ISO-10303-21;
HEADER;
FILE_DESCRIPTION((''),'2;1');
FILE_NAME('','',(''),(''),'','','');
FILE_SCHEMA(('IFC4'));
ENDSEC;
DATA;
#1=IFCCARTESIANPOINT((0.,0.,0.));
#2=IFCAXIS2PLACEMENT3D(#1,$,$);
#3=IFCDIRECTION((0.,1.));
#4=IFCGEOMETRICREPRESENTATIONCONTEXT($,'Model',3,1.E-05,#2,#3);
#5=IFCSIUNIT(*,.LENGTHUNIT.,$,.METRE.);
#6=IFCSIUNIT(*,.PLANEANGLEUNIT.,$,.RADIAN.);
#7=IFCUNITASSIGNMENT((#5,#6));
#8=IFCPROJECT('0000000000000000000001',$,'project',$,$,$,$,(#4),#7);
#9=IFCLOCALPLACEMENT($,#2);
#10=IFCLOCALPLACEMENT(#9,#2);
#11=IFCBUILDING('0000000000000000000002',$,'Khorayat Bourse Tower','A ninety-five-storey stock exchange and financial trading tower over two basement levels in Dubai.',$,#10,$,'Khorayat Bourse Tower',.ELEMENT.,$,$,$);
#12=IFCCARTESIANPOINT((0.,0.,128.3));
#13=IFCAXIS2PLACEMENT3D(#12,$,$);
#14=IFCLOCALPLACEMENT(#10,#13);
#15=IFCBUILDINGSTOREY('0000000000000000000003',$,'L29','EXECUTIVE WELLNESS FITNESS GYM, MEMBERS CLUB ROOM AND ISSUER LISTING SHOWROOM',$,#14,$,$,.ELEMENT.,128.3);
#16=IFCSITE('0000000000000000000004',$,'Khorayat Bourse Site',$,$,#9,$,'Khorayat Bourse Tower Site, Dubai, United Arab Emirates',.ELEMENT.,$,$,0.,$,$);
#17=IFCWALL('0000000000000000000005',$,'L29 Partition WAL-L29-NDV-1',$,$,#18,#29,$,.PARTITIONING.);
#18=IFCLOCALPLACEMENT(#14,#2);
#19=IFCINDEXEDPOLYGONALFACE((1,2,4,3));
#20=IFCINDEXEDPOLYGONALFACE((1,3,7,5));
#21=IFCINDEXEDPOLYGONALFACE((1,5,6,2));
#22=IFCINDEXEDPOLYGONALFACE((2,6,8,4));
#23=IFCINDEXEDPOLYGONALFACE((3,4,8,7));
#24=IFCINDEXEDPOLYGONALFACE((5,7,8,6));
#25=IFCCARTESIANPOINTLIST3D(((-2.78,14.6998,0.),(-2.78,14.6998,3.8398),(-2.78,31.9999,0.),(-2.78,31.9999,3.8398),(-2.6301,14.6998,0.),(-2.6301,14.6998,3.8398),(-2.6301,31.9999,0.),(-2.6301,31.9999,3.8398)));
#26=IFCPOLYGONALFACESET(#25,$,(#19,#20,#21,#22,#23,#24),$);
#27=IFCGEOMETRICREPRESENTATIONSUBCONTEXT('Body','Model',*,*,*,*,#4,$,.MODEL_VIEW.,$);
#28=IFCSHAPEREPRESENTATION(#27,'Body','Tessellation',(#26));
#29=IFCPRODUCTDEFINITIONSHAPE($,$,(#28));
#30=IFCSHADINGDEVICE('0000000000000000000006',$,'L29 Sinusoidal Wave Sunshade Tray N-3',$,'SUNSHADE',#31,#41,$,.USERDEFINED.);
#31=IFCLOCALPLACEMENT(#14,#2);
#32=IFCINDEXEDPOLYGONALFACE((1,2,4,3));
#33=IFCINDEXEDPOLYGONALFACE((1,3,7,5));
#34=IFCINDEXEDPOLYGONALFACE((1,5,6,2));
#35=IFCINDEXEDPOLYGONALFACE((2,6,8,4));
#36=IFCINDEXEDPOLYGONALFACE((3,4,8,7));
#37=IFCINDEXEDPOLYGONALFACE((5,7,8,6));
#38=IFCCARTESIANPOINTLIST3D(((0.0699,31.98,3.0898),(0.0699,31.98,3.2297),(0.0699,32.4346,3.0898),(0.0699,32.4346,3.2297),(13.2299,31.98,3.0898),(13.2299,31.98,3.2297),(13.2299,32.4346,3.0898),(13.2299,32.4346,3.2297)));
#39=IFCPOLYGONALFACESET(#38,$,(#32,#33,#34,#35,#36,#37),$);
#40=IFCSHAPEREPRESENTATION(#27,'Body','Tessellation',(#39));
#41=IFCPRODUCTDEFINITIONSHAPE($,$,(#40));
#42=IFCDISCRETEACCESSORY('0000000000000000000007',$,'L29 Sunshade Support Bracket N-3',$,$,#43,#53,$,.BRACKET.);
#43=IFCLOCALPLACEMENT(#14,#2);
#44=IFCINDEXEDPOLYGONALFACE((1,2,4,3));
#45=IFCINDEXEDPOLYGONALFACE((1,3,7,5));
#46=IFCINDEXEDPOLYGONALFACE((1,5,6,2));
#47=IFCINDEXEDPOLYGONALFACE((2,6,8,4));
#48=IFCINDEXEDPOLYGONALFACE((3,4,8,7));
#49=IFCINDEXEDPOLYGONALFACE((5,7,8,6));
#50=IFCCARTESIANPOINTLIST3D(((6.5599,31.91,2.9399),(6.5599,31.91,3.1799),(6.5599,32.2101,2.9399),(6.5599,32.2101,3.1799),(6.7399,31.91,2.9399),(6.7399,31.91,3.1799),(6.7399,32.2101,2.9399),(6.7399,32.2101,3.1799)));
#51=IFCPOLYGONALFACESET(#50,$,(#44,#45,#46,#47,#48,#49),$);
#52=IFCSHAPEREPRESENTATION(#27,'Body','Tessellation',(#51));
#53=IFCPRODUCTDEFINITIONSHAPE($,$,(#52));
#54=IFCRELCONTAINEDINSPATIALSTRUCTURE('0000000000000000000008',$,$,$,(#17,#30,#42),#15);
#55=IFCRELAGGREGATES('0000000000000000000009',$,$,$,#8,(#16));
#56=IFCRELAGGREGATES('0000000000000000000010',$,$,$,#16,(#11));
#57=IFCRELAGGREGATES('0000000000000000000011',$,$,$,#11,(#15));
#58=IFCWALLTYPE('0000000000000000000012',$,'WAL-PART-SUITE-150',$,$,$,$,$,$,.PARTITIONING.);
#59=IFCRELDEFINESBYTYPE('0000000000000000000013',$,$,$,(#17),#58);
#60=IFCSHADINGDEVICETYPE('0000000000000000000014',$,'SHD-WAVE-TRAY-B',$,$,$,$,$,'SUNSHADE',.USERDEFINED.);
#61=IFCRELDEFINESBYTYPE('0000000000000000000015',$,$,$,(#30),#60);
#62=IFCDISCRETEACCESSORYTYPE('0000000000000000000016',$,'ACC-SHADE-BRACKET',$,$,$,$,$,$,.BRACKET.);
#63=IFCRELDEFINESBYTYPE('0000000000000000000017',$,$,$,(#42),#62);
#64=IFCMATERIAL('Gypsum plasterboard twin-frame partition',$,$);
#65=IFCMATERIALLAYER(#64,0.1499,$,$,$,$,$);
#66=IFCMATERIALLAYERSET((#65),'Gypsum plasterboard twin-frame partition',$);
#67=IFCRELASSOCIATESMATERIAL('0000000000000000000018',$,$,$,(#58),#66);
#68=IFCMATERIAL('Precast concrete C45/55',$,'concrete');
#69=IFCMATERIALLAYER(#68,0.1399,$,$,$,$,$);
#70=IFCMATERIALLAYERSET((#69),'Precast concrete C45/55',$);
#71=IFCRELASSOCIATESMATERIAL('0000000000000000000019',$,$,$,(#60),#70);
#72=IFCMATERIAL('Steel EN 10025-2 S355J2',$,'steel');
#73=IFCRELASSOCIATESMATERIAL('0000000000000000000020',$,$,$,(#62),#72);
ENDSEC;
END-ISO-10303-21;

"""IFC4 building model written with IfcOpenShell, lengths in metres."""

from ifc_helpers import new_model, si_unit, direction, frame, frame_2d, origin, origin_2d, place, context, subcontext, project, spatial, rectangle, extrude, source, transform, mapped, material, layer, layer_set, type_object, element, save


model = new_model("IFC4")

# Units and contexts
model_context = context("Model", 3, precision=1e-05, world=origin(), true_north=direction((0.0, 1.0)))
body_context = subcontext(model_context, "Body", "Model", "MODEL_VIEW")
ifc_project = project(units=[si_unit("LENGTHUNIT", "METRE"), si_unit("PLANEANGLEUNIT", "RADIAN")], contexts=[model_context])

# Site, building, storey
site_placement = place(None, origin())
site = spatial("IfcSite", under=ifc_project, at=site_placement, Name="Khorayat Bourse Site", LongName="Khorayat Bourse Tower Site, Dubai, United Arab Emirates", CompositionType="ELEMENT", RefElevation=0.0)
building_placement = place(site_placement, origin())
building = spatial("IfcBuilding", under=site, at=building_placement, Name="Khorayat Bourse Tower", Description="A ninety-five-storey stock exchange and financial trading tower over two basement levels in Dubai.", LongName="Khorayat Bourse Tower", CompositionType="ELEMENT")
storey_placement = place(building_placement, frame((0.0, 0.0, 128.3)))
storey = spatial("IfcBuildingStorey", under=building, at=storey_placement, Name="L29", Description="EXECUTIVE WELLNESS FITNESS GYM, MEMBERS CLUB ROOM AND ISSUER LISTING SHOWROOM", CompositionType="ELEMENT", Elevation=128.3)

# Shared definitions
ifc_material_1 = material(Name="Steel EN 10025-2 S355J2", Category="steel")

# Wall
ifc_material_2 = material(Name="Gypsum plasterboard twin-frame partition")
ifc_layer_1 = layer(ifc_material_2, 0.1499)
ifc_layer_set_1 = layer_set([ifc_layer_1], Name="Gypsum plasterboard twin-frame partition")
wall_type_1 = type_object("IfcWallType", Name="WAL-PART-SUITE-150", PredefinedType="PARTITIONING", material=ifc_layer_set_1)
shared_shape_1 = source(origin(), body_context, "Body", "SweptSolid", [
    extrude(rectangle(XDim=17.3, YDim=0.1499, at=frame_2d((8.6499, 0.0))), origin(), (0.0, 0.0, 1.0), 3.8398),
])
wall_1_placement = place(storey_placement, frame((-2.7051, 14.7, 0.0), z_axis=(0.0, 0.0, 1.0), x_axis=(0.0, 1.0, 0.0)))
element("IfcWall", 1, at=wall_1_placement, inside=storey, type_object=wall_type_1, Name="L29 Partition WAL-L29-NDV-1", PredefinedType="PARTITIONING", context=body_context, shape_type="MappedRepresentation", body=[
    mapped(shared_shape_1, transform((0.0, 0.0, 0.0), scale=1.0)),
])

# Shading device
ifc_material_3 = material(Name="Precast concrete C45/55", Category="concrete")
ifc_layer_2 = layer(ifc_material_3, 0.1399)
ifc_layer_set_2 = layer_set([ifc_layer_2], Name="Precast concrete C45/55")
shading_device_type = type_object("IfcShadingDeviceType", Name="SHD-WAVE-TRAY-B", ElementType="SUNSHADE", PredefinedType="USERDEFINED", material=ifc_layer_set_2)
shared_shape_2 = source(origin(), body_context, "Body", "SweptSolid", [
    extrude(rectangle(XDim=13.1599, YDim=0.4546, at=origin_2d()), origin(), (0.0, 0.0, 1.0), 0.1399),
])
shading_device_placement = place(storey_placement, frame((6.6499, 32.2073, 3.0898), z_axis=(0.0, 0.0, 1.0), x_axis=(1.0, 0.0, 0.0)))
element("IfcShadingDevice", 2, at=shading_device_placement, inside=storey, type_object=shading_device_type, Name="L29 Sinusoidal Wave Sunshade Tray N-3", ObjectType="SUNSHADE", PredefinedType="USERDEFINED", context=body_context, shape_type="MappedRepresentation", body=[
    mapped(shared_shape_2, transform((0.0, 0.0, 0.0), scale=1.0)),
])

# Discrete accessory
discrete_accessory_type = type_object("IfcDiscreteAccessoryType", Name="ACC-SHADE-BRACKET", PredefinedType="BRACKET", material=ifc_material_1)
shared_shape_3 = source(origin(), body_context, "Body", "SweptSolid", [
    extrude(rectangle(XDim=0.1799, YDim=0.3, at=origin_2d()), origin(), (0.0, 0.0, 1.0), 0.24),
])
discrete_accessory_placement = place(storey_placement, frame((6.6499, 32.0601, 2.9399), z_axis=(0.0, 0.0, 1.0), x_axis=(1.0, 0.0, 0.0)))
element("IfcDiscreteAccessory", 3, at=discrete_accessory_placement, inside=storey, type_object=discrete_accessory_type, Name="L29 Sunshade Support Bracket N-3", PredefinedType="BRACKET", context=body_context, shape_type="MappedRepresentation", body=[
    mapped(shared_shape_3, transform((0.0, 0.0, 0.0), scale=1.0)),
])

save(model, "model.ifc")
